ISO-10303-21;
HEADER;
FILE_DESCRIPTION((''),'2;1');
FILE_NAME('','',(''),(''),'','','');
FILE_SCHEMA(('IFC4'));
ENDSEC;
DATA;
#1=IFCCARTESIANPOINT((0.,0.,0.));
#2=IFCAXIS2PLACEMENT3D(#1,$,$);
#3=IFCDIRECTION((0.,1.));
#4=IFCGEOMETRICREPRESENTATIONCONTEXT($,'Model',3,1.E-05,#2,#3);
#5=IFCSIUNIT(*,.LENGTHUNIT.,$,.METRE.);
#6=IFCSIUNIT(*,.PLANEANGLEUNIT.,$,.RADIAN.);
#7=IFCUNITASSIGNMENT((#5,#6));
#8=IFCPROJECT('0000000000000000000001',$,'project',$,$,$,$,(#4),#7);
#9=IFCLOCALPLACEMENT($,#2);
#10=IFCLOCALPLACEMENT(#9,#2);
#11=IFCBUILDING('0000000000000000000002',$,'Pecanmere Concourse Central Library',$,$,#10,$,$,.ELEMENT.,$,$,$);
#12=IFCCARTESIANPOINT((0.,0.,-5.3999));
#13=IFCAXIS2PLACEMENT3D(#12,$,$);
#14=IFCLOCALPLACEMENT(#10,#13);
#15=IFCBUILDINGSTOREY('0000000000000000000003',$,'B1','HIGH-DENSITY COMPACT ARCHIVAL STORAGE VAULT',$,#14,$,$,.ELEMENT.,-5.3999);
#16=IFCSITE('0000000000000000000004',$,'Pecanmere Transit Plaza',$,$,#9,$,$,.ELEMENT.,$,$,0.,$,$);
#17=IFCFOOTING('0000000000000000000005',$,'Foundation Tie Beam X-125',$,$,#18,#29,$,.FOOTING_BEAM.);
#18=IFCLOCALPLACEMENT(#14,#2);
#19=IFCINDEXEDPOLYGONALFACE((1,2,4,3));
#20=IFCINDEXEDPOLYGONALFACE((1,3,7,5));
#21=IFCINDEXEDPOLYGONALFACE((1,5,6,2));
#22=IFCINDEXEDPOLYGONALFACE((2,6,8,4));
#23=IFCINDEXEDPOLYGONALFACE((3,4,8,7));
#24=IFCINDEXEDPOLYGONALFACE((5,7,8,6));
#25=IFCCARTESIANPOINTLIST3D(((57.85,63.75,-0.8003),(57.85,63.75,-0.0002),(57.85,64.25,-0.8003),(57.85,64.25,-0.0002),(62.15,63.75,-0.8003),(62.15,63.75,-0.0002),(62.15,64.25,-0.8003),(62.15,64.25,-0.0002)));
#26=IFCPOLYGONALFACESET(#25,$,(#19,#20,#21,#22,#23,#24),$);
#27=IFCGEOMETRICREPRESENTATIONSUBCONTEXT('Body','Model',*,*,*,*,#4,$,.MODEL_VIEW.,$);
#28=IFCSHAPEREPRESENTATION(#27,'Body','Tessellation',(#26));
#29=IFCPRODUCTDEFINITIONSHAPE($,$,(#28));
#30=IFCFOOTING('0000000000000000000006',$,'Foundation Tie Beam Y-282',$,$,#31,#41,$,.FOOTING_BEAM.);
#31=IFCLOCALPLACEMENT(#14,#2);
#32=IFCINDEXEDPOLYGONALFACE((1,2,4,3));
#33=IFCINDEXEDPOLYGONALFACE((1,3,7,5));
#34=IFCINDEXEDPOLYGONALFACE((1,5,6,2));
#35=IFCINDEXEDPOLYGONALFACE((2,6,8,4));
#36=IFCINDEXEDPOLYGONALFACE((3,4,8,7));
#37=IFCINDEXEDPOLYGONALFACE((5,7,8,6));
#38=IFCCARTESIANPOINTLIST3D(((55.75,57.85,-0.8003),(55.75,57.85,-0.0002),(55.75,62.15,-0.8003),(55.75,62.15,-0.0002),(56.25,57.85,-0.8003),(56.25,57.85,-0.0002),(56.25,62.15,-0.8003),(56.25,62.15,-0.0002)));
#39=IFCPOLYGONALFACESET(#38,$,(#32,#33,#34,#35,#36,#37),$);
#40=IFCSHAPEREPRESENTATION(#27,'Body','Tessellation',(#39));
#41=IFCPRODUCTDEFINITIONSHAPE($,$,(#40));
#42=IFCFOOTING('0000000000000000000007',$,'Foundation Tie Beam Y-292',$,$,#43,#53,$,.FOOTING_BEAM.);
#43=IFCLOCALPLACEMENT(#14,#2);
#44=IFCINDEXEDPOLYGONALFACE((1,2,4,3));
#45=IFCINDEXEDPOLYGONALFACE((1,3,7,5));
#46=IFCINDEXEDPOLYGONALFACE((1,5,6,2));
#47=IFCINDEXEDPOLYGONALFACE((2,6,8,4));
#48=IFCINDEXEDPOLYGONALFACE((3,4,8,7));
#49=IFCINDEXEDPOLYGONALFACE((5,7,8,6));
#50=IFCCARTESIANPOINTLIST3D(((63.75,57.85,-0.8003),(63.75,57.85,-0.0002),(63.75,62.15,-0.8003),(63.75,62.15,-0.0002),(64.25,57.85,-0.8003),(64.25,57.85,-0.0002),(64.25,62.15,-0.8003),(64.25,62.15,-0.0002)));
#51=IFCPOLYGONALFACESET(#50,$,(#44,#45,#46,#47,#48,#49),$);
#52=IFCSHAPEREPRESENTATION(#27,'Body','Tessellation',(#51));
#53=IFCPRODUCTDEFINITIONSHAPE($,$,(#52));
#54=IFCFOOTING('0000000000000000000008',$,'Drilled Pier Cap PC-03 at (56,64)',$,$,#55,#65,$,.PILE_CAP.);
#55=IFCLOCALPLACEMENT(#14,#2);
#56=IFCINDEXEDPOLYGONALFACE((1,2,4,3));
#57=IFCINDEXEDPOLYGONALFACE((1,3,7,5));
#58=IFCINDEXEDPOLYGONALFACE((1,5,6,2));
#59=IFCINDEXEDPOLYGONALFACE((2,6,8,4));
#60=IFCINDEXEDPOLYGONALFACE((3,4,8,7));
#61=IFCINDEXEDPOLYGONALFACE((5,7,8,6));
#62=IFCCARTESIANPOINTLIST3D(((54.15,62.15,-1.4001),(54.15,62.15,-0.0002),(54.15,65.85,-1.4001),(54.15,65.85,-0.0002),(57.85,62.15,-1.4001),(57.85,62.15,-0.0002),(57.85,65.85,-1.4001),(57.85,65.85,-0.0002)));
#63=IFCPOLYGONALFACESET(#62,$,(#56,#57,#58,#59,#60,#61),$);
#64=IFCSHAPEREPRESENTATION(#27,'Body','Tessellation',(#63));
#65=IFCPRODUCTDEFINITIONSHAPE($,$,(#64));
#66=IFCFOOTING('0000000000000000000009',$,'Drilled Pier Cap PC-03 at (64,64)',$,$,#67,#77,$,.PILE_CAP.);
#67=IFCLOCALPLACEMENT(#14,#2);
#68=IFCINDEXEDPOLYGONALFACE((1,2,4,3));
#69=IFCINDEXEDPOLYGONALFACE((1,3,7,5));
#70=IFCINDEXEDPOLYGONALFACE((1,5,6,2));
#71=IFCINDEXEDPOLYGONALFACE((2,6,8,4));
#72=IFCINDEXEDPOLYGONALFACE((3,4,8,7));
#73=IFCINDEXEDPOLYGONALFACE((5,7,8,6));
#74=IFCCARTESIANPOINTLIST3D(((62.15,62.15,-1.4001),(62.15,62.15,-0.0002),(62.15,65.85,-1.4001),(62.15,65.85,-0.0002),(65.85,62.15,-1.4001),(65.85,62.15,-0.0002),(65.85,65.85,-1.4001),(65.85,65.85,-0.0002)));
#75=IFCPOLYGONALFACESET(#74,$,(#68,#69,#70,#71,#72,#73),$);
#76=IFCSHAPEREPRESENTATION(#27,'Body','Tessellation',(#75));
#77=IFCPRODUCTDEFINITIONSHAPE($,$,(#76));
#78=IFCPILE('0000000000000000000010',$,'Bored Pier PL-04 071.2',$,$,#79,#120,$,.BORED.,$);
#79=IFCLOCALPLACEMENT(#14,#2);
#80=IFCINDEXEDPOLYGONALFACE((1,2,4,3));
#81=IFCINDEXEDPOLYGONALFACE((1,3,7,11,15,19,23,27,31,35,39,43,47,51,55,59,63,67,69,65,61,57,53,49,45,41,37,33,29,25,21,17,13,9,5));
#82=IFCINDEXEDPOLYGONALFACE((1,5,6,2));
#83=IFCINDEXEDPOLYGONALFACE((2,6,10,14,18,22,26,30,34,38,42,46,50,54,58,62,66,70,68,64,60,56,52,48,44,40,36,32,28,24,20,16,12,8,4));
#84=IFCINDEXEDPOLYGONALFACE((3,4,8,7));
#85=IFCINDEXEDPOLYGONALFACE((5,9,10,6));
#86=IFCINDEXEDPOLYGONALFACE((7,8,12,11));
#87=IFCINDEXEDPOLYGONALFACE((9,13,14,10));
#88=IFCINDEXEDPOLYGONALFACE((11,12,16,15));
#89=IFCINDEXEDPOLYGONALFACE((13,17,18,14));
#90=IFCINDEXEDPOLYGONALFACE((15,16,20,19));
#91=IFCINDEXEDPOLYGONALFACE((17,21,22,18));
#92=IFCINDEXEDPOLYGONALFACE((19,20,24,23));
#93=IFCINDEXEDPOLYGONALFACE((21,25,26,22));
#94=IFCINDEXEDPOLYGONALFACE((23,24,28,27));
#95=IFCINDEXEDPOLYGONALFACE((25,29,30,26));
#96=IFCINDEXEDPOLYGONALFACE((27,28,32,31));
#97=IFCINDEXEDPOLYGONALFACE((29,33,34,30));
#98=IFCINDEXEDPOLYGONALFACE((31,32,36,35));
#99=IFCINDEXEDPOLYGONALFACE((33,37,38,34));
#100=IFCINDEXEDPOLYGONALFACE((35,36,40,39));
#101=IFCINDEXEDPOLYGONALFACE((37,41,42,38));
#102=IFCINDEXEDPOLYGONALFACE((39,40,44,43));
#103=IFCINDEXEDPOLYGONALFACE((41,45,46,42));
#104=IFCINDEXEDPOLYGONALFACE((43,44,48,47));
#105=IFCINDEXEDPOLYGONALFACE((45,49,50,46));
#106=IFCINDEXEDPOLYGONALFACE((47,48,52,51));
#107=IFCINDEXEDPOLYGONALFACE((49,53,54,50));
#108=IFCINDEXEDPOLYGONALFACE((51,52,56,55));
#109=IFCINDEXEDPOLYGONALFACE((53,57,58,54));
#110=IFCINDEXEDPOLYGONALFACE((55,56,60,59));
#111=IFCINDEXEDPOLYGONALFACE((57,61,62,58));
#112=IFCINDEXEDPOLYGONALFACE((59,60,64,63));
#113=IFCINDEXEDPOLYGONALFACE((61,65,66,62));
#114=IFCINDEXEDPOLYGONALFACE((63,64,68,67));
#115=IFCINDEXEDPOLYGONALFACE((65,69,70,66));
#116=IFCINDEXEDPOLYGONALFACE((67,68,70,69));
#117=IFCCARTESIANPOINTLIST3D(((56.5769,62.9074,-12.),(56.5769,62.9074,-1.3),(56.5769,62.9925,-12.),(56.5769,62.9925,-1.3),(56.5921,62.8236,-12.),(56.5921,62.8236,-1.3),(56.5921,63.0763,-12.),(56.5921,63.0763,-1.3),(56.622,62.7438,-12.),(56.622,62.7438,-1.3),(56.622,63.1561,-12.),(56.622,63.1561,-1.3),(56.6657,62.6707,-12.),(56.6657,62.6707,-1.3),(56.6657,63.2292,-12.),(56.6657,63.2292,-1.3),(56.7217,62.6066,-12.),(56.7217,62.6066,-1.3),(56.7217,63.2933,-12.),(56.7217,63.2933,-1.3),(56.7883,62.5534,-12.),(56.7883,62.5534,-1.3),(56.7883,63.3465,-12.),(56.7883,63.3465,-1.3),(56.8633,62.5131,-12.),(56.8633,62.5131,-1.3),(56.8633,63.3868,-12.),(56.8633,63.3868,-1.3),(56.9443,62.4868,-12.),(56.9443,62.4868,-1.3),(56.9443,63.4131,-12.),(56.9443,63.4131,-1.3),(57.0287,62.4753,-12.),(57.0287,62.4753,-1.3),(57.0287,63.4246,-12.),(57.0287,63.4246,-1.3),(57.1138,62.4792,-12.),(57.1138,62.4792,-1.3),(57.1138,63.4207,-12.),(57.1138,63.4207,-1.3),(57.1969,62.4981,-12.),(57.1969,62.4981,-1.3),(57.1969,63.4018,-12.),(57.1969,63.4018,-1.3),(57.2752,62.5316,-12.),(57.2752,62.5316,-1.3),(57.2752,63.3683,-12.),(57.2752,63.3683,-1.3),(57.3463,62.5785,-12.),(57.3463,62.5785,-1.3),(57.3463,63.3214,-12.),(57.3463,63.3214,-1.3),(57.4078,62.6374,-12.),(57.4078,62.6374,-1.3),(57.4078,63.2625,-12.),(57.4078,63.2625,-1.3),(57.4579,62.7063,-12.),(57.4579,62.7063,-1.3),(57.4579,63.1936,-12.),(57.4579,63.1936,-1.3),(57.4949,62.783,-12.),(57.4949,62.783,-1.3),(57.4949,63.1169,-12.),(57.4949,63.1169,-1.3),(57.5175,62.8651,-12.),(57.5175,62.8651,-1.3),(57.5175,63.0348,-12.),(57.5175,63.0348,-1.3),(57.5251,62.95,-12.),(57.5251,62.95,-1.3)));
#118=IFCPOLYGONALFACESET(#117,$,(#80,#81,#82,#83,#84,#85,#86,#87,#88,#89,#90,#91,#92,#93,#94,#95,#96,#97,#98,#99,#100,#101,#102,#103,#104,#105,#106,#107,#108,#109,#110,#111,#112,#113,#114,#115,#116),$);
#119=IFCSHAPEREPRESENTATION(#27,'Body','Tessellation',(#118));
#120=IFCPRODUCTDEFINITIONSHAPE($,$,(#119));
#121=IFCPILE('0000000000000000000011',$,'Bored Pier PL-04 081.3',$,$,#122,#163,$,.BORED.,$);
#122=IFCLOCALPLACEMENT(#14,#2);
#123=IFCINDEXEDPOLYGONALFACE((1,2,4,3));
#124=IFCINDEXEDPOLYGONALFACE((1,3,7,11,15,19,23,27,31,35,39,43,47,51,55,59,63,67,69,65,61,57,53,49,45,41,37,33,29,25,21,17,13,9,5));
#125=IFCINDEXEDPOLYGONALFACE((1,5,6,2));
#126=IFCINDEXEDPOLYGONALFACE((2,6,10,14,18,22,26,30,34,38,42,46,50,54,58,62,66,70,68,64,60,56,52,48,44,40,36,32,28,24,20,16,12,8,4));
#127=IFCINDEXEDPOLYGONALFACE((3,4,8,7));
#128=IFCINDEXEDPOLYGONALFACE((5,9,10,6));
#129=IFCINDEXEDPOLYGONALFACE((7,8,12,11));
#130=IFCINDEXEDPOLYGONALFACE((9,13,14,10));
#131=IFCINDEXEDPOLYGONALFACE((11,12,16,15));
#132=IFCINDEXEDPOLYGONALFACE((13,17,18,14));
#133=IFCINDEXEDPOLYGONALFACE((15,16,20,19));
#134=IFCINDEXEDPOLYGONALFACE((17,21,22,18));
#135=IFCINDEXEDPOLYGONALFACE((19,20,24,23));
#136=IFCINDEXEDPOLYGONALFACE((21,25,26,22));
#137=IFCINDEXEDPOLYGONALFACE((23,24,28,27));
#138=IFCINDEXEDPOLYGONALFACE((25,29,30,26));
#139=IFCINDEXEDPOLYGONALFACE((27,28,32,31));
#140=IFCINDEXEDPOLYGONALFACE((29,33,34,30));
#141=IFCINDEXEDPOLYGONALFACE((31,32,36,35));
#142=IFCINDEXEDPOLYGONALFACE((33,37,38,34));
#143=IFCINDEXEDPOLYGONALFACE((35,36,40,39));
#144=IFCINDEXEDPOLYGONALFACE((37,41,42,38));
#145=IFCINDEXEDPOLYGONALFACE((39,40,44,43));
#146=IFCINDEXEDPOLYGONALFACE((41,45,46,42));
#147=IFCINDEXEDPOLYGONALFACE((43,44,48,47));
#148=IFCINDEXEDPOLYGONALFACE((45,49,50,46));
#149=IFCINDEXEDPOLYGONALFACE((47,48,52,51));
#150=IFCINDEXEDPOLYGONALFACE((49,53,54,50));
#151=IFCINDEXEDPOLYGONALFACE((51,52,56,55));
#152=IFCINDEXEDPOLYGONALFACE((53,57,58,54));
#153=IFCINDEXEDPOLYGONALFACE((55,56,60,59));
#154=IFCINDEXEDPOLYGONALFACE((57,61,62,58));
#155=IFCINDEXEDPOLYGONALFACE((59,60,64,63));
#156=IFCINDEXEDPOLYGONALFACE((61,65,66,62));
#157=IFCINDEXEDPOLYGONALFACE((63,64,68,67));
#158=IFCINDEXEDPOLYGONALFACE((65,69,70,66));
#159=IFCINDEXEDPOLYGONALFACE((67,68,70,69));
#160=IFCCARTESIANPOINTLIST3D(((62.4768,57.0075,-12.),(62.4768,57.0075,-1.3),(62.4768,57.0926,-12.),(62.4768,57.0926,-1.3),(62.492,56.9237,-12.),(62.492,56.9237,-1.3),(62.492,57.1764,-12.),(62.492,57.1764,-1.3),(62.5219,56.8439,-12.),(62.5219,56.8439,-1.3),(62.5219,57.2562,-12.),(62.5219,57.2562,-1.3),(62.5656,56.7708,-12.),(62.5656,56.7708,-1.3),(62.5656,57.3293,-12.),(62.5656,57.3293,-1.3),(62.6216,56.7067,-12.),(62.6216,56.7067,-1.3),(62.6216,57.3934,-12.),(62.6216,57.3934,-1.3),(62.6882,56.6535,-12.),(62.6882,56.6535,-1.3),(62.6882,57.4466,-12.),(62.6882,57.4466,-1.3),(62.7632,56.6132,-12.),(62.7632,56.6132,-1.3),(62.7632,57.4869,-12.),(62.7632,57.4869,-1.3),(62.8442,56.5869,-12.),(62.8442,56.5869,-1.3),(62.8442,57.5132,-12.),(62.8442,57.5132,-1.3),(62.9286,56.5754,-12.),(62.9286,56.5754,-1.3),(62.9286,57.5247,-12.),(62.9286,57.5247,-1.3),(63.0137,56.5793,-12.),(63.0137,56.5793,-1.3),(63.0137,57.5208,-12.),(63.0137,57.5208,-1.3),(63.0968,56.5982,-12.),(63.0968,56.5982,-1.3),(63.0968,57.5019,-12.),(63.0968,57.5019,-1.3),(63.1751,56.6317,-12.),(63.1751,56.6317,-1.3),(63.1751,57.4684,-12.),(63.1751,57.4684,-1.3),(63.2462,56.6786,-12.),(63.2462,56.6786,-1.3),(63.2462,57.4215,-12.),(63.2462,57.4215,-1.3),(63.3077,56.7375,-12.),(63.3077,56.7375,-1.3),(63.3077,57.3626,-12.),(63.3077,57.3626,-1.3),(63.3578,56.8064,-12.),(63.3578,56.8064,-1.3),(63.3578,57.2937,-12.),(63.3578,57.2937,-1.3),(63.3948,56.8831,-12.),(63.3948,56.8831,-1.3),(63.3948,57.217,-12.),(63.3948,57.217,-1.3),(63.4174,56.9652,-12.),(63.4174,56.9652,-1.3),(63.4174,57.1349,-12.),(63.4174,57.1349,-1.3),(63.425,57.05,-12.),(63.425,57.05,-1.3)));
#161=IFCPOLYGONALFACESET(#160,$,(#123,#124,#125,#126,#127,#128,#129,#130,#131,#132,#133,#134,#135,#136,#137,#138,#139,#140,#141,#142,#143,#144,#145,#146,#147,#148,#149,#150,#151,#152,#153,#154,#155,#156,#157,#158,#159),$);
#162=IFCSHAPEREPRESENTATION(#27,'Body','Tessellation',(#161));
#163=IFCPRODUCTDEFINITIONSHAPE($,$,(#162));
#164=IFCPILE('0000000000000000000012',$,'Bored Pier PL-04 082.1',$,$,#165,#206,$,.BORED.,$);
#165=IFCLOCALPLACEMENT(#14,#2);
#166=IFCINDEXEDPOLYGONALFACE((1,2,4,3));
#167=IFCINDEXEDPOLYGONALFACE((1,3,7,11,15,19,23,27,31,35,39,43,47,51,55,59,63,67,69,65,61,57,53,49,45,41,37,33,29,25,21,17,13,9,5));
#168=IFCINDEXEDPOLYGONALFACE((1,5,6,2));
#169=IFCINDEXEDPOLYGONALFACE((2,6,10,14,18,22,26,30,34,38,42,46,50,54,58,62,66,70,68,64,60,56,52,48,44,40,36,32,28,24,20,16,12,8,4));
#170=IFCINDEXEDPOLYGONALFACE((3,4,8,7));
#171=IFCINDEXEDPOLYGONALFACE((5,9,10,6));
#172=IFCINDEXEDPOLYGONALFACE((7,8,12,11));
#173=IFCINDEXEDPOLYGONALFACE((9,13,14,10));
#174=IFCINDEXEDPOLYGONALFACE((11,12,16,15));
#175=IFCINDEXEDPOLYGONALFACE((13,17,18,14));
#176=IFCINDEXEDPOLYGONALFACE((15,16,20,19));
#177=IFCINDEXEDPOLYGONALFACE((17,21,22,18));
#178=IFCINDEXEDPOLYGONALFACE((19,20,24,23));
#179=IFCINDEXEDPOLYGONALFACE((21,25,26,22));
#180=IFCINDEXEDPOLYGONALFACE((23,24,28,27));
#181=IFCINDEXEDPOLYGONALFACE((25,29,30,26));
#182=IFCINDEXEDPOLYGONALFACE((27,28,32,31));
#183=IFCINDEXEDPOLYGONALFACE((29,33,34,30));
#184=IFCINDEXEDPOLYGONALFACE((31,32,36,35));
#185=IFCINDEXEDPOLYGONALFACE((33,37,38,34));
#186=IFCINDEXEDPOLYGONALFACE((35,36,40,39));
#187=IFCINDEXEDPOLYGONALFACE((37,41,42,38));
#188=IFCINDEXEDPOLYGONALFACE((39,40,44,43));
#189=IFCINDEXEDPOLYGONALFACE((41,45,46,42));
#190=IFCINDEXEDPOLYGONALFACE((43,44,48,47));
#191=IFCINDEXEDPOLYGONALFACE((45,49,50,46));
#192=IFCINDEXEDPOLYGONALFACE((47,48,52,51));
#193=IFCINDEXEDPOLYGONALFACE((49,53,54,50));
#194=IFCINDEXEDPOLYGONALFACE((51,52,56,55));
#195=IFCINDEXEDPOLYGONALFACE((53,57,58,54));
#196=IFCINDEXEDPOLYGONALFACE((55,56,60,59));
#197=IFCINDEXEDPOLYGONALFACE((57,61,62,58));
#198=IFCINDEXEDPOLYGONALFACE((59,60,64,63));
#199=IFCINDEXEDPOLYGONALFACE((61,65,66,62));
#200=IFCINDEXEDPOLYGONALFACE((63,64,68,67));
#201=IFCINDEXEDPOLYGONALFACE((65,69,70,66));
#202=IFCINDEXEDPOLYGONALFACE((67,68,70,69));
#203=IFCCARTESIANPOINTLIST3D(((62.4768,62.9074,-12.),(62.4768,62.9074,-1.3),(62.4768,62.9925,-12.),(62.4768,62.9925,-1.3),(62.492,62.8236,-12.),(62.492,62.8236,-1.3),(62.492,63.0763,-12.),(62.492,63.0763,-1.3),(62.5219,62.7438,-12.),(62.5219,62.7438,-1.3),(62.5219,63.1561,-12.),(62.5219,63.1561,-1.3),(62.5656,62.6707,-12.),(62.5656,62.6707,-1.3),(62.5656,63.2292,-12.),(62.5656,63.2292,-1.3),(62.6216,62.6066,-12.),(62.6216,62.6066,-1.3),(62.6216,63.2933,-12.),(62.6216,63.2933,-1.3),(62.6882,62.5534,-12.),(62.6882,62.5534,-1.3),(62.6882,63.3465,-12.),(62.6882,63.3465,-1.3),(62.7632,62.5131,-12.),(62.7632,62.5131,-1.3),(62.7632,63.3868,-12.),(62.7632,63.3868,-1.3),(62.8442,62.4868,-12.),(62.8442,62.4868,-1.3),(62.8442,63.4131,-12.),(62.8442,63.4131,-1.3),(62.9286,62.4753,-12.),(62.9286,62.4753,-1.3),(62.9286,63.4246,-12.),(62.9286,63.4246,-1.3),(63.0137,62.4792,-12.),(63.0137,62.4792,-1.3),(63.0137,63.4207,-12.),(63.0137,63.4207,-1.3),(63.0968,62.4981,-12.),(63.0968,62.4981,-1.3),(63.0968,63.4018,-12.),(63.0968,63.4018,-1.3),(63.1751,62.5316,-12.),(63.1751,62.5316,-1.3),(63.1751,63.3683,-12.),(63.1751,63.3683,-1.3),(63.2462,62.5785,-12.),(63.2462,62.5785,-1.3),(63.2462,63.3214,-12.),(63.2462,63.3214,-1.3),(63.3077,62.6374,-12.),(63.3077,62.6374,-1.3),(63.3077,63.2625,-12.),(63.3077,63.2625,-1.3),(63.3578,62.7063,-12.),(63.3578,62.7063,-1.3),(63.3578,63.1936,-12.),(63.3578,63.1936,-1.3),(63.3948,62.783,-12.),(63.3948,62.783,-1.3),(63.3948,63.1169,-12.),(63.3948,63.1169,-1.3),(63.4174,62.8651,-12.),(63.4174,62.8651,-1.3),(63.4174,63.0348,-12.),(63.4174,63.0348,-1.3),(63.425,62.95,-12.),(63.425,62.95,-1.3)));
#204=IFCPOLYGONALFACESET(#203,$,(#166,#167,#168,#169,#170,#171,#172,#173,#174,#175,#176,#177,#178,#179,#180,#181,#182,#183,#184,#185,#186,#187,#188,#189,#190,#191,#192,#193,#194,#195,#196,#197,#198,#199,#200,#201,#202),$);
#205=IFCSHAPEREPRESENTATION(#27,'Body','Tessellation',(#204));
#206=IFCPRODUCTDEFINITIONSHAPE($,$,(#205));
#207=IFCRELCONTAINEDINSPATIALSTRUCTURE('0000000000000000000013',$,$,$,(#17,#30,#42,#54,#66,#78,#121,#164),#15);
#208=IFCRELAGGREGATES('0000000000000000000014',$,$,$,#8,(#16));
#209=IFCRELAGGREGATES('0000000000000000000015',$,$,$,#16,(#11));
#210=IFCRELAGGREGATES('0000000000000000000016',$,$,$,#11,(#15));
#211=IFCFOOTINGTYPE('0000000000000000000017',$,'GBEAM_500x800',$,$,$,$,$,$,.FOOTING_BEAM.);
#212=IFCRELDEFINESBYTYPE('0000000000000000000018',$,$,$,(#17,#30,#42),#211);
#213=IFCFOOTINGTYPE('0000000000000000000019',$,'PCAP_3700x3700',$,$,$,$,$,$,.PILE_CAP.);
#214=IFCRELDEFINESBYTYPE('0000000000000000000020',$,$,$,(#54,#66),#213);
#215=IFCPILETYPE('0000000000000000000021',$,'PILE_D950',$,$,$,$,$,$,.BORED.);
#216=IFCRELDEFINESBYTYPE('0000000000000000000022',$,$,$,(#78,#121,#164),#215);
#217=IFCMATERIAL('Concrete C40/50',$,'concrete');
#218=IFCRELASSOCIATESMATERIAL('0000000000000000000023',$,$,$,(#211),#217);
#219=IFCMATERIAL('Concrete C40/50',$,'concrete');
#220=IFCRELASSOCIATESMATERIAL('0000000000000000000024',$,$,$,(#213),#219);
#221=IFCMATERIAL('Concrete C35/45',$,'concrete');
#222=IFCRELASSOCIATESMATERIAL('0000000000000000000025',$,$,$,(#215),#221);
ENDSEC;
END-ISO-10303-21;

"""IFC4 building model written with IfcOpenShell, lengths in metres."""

from ifc_helpers import new_model, si_unit, direction, frame, origin, origin_2d, place, context, subcontext, project, spatial, rectangle, circle, extrude, material, material_profile, profile_set, type_object, element, save


model = new_model("IFC4")

# Units and contexts
model_context = context("Model", 3, precision=1e-05, world=origin(), true_north=direction((0.0, 1.0)))
body_context = subcontext(model_context, "Body", "Model", "MODEL_VIEW")
ifc_project = project(units=[si_unit("LENGTHUNIT", "METRE"), si_unit("PLANEANGLEUNIT", "RADIAN")], contexts=[model_context])

# Site, building, storey
site_placement = place(None, origin())
site = spatial("IfcSite", under=ifc_project, at=site_placement, Name="Pecanmere Transit Plaza", CompositionType="ELEMENT", RefElevation=0.0)
building_placement = place(site_placement, origin())
building = spatial("IfcBuilding", under=site, at=building_placement, Name="Pecanmere Concourse Central Library", CompositionType="ELEMENT")
storey_placement = place(building_placement, frame((0.0, 0.0, -5.3999)))
storey = spatial("IfcBuildingStorey", under=building, at=storey_placement, Name="B1", Description="HIGH-DENSITY COMPACT ARCHIVAL STORAGE VAULT", CompositionType="ELEMENT", Elevation=-5.3999)

# Footings
ifc_material_1 = material(Name="Concrete C40/50", Category="concrete")
ifc_material_profile_1 = material_profile(ifc_material_1, rectangle(XDim=0.5, YDim=0.8, at=origin_2d()), Name="RC 500x800")
ifc_profile_set_1 = profile_set([ifc_material_profile_1], Name="Concrete C40/50")
footing_type_1 = type_object("IfcFootingType", Name="GBEAM_500x800", PredefinedType="FOOTING_BEAM", material=ifc_profile_set_1)
for number, where, z_axis, x_axis, name in (
    (1, (60.0, 64.0, -0.8003), (0.0, 0.0, 1.0), (1.0, 0.0, 0.0), "Foundation Tie Beam X-125"),
    (2, (56.0, 60.0, -0.8003), (0.0, 0.0, 1.0), (0.0, 1.0, 0.0), "Foundation Tie Beam Y-282"),
    (3, (64.0, 60.0, -0.8003), (0.0, 0.0, 1.0), (0.0, 1.0, 0.0), "Foundation Tie Beam Y-292"),
):
    element("IfcFooting", number, at=place(storey_placement, frame(where, z_axis=z_axis, x_axis=x_axis)), inside=storey, type_object=footing_type_1, Name=name, PredefinedType="FOOTING_BEAM", context=body_context, shape_type="SweptSolid", body=[
        extrude(rectangle(XDim=4.3, YDim=0.5, at=origin_2d()), origin(), (0.0, 0.0, 1.0), 0.8),
    ])
ifc_material_2 = material(Name="Concrete C40/50", Category="concrete")
footing_type_2 = type_object("IfcFootingType", Name="PCAP_3700x3700", PredefinedType="PILE_CAP", material=ifc_material_2)
for number, where, z_axis, x_axis, name in (
    (4, (56.0, 64.0, -1.4001), (0.0, 0.0, 1.0), (1.0, 0.0, 0.0), "Drilled Pier Cap PC-03 at (56,64)"),
    (5, (64.0, 64.0, -1.4001), (0.0, 0.0, 1.0), (1.0, 0.0, 0.0), "Drilled Pier Cap PC-03 at (64,64)"),
):
    element("IfcFooting", number, at=place(storey_placement, frame(where, z_axis=z_axis, x_axis=x_axis)), inside=storey, type_object=footing_type_2, Name=name, PredefinedType="PILE_CAP", context=body_context, shape_type="SweptSolid", body=[
        extrude(rectangle(XDim=3.7, YDim=3.7, at=origin_2d()), origin(), (0.0, 0.0, 1.0), 1.3999),
    ])

# Piles
ifc_material_3 = material(Name="Concrete C35/45", Category="concrete")
ifc_material_profile_2 = material_profile(ifc_material_3, circle(Radius=0.4751, at=origin_2d()), Name="PIER D950")
ifc_profile_set_2 = profile_set([ifc_material_profile_2], Name="Concrete C35/45")
pile_type = type_object("IfcPileType", Name="PILE_D950", PredefinedType="BORED", material=ifc_profile_set_2)
for number, where, z_axis, x_axis, name in (
    (6, (57.05, 62.95, -1.3), (0.0, 0.0, -1.0), (1.0, 0.0, 0.0), "Bored Pier PL-04 071.2"),
    (7, (62.95, 57.05, -1.3), (0.0, 0.0, -1.0), (1.0, 0.0, 0.0), "Bored Pier PL-04 081.3"),
    (8, (62.95, 62.95, -1.3), (0.0, 0.0, -1.0), (1.0, 0.0, 0.0), "Bored Pier PL-04 082.1"),
):
    element("IfcPile", number, at=place(storey_placement, frame(where, z_axis=z_axis, x_axis=x_axis)), inside=storey, type_object=pile_type, Name=name, PredefinedType="BORED", context=body_context, shape_type="SweptSolid", body=[
        extrude(circle(Radius=0.4751, at=origin_2d()), origin(), (0.0, 0.0, 1.0), 10.7),
    ])

save(model, "model.ifc")
